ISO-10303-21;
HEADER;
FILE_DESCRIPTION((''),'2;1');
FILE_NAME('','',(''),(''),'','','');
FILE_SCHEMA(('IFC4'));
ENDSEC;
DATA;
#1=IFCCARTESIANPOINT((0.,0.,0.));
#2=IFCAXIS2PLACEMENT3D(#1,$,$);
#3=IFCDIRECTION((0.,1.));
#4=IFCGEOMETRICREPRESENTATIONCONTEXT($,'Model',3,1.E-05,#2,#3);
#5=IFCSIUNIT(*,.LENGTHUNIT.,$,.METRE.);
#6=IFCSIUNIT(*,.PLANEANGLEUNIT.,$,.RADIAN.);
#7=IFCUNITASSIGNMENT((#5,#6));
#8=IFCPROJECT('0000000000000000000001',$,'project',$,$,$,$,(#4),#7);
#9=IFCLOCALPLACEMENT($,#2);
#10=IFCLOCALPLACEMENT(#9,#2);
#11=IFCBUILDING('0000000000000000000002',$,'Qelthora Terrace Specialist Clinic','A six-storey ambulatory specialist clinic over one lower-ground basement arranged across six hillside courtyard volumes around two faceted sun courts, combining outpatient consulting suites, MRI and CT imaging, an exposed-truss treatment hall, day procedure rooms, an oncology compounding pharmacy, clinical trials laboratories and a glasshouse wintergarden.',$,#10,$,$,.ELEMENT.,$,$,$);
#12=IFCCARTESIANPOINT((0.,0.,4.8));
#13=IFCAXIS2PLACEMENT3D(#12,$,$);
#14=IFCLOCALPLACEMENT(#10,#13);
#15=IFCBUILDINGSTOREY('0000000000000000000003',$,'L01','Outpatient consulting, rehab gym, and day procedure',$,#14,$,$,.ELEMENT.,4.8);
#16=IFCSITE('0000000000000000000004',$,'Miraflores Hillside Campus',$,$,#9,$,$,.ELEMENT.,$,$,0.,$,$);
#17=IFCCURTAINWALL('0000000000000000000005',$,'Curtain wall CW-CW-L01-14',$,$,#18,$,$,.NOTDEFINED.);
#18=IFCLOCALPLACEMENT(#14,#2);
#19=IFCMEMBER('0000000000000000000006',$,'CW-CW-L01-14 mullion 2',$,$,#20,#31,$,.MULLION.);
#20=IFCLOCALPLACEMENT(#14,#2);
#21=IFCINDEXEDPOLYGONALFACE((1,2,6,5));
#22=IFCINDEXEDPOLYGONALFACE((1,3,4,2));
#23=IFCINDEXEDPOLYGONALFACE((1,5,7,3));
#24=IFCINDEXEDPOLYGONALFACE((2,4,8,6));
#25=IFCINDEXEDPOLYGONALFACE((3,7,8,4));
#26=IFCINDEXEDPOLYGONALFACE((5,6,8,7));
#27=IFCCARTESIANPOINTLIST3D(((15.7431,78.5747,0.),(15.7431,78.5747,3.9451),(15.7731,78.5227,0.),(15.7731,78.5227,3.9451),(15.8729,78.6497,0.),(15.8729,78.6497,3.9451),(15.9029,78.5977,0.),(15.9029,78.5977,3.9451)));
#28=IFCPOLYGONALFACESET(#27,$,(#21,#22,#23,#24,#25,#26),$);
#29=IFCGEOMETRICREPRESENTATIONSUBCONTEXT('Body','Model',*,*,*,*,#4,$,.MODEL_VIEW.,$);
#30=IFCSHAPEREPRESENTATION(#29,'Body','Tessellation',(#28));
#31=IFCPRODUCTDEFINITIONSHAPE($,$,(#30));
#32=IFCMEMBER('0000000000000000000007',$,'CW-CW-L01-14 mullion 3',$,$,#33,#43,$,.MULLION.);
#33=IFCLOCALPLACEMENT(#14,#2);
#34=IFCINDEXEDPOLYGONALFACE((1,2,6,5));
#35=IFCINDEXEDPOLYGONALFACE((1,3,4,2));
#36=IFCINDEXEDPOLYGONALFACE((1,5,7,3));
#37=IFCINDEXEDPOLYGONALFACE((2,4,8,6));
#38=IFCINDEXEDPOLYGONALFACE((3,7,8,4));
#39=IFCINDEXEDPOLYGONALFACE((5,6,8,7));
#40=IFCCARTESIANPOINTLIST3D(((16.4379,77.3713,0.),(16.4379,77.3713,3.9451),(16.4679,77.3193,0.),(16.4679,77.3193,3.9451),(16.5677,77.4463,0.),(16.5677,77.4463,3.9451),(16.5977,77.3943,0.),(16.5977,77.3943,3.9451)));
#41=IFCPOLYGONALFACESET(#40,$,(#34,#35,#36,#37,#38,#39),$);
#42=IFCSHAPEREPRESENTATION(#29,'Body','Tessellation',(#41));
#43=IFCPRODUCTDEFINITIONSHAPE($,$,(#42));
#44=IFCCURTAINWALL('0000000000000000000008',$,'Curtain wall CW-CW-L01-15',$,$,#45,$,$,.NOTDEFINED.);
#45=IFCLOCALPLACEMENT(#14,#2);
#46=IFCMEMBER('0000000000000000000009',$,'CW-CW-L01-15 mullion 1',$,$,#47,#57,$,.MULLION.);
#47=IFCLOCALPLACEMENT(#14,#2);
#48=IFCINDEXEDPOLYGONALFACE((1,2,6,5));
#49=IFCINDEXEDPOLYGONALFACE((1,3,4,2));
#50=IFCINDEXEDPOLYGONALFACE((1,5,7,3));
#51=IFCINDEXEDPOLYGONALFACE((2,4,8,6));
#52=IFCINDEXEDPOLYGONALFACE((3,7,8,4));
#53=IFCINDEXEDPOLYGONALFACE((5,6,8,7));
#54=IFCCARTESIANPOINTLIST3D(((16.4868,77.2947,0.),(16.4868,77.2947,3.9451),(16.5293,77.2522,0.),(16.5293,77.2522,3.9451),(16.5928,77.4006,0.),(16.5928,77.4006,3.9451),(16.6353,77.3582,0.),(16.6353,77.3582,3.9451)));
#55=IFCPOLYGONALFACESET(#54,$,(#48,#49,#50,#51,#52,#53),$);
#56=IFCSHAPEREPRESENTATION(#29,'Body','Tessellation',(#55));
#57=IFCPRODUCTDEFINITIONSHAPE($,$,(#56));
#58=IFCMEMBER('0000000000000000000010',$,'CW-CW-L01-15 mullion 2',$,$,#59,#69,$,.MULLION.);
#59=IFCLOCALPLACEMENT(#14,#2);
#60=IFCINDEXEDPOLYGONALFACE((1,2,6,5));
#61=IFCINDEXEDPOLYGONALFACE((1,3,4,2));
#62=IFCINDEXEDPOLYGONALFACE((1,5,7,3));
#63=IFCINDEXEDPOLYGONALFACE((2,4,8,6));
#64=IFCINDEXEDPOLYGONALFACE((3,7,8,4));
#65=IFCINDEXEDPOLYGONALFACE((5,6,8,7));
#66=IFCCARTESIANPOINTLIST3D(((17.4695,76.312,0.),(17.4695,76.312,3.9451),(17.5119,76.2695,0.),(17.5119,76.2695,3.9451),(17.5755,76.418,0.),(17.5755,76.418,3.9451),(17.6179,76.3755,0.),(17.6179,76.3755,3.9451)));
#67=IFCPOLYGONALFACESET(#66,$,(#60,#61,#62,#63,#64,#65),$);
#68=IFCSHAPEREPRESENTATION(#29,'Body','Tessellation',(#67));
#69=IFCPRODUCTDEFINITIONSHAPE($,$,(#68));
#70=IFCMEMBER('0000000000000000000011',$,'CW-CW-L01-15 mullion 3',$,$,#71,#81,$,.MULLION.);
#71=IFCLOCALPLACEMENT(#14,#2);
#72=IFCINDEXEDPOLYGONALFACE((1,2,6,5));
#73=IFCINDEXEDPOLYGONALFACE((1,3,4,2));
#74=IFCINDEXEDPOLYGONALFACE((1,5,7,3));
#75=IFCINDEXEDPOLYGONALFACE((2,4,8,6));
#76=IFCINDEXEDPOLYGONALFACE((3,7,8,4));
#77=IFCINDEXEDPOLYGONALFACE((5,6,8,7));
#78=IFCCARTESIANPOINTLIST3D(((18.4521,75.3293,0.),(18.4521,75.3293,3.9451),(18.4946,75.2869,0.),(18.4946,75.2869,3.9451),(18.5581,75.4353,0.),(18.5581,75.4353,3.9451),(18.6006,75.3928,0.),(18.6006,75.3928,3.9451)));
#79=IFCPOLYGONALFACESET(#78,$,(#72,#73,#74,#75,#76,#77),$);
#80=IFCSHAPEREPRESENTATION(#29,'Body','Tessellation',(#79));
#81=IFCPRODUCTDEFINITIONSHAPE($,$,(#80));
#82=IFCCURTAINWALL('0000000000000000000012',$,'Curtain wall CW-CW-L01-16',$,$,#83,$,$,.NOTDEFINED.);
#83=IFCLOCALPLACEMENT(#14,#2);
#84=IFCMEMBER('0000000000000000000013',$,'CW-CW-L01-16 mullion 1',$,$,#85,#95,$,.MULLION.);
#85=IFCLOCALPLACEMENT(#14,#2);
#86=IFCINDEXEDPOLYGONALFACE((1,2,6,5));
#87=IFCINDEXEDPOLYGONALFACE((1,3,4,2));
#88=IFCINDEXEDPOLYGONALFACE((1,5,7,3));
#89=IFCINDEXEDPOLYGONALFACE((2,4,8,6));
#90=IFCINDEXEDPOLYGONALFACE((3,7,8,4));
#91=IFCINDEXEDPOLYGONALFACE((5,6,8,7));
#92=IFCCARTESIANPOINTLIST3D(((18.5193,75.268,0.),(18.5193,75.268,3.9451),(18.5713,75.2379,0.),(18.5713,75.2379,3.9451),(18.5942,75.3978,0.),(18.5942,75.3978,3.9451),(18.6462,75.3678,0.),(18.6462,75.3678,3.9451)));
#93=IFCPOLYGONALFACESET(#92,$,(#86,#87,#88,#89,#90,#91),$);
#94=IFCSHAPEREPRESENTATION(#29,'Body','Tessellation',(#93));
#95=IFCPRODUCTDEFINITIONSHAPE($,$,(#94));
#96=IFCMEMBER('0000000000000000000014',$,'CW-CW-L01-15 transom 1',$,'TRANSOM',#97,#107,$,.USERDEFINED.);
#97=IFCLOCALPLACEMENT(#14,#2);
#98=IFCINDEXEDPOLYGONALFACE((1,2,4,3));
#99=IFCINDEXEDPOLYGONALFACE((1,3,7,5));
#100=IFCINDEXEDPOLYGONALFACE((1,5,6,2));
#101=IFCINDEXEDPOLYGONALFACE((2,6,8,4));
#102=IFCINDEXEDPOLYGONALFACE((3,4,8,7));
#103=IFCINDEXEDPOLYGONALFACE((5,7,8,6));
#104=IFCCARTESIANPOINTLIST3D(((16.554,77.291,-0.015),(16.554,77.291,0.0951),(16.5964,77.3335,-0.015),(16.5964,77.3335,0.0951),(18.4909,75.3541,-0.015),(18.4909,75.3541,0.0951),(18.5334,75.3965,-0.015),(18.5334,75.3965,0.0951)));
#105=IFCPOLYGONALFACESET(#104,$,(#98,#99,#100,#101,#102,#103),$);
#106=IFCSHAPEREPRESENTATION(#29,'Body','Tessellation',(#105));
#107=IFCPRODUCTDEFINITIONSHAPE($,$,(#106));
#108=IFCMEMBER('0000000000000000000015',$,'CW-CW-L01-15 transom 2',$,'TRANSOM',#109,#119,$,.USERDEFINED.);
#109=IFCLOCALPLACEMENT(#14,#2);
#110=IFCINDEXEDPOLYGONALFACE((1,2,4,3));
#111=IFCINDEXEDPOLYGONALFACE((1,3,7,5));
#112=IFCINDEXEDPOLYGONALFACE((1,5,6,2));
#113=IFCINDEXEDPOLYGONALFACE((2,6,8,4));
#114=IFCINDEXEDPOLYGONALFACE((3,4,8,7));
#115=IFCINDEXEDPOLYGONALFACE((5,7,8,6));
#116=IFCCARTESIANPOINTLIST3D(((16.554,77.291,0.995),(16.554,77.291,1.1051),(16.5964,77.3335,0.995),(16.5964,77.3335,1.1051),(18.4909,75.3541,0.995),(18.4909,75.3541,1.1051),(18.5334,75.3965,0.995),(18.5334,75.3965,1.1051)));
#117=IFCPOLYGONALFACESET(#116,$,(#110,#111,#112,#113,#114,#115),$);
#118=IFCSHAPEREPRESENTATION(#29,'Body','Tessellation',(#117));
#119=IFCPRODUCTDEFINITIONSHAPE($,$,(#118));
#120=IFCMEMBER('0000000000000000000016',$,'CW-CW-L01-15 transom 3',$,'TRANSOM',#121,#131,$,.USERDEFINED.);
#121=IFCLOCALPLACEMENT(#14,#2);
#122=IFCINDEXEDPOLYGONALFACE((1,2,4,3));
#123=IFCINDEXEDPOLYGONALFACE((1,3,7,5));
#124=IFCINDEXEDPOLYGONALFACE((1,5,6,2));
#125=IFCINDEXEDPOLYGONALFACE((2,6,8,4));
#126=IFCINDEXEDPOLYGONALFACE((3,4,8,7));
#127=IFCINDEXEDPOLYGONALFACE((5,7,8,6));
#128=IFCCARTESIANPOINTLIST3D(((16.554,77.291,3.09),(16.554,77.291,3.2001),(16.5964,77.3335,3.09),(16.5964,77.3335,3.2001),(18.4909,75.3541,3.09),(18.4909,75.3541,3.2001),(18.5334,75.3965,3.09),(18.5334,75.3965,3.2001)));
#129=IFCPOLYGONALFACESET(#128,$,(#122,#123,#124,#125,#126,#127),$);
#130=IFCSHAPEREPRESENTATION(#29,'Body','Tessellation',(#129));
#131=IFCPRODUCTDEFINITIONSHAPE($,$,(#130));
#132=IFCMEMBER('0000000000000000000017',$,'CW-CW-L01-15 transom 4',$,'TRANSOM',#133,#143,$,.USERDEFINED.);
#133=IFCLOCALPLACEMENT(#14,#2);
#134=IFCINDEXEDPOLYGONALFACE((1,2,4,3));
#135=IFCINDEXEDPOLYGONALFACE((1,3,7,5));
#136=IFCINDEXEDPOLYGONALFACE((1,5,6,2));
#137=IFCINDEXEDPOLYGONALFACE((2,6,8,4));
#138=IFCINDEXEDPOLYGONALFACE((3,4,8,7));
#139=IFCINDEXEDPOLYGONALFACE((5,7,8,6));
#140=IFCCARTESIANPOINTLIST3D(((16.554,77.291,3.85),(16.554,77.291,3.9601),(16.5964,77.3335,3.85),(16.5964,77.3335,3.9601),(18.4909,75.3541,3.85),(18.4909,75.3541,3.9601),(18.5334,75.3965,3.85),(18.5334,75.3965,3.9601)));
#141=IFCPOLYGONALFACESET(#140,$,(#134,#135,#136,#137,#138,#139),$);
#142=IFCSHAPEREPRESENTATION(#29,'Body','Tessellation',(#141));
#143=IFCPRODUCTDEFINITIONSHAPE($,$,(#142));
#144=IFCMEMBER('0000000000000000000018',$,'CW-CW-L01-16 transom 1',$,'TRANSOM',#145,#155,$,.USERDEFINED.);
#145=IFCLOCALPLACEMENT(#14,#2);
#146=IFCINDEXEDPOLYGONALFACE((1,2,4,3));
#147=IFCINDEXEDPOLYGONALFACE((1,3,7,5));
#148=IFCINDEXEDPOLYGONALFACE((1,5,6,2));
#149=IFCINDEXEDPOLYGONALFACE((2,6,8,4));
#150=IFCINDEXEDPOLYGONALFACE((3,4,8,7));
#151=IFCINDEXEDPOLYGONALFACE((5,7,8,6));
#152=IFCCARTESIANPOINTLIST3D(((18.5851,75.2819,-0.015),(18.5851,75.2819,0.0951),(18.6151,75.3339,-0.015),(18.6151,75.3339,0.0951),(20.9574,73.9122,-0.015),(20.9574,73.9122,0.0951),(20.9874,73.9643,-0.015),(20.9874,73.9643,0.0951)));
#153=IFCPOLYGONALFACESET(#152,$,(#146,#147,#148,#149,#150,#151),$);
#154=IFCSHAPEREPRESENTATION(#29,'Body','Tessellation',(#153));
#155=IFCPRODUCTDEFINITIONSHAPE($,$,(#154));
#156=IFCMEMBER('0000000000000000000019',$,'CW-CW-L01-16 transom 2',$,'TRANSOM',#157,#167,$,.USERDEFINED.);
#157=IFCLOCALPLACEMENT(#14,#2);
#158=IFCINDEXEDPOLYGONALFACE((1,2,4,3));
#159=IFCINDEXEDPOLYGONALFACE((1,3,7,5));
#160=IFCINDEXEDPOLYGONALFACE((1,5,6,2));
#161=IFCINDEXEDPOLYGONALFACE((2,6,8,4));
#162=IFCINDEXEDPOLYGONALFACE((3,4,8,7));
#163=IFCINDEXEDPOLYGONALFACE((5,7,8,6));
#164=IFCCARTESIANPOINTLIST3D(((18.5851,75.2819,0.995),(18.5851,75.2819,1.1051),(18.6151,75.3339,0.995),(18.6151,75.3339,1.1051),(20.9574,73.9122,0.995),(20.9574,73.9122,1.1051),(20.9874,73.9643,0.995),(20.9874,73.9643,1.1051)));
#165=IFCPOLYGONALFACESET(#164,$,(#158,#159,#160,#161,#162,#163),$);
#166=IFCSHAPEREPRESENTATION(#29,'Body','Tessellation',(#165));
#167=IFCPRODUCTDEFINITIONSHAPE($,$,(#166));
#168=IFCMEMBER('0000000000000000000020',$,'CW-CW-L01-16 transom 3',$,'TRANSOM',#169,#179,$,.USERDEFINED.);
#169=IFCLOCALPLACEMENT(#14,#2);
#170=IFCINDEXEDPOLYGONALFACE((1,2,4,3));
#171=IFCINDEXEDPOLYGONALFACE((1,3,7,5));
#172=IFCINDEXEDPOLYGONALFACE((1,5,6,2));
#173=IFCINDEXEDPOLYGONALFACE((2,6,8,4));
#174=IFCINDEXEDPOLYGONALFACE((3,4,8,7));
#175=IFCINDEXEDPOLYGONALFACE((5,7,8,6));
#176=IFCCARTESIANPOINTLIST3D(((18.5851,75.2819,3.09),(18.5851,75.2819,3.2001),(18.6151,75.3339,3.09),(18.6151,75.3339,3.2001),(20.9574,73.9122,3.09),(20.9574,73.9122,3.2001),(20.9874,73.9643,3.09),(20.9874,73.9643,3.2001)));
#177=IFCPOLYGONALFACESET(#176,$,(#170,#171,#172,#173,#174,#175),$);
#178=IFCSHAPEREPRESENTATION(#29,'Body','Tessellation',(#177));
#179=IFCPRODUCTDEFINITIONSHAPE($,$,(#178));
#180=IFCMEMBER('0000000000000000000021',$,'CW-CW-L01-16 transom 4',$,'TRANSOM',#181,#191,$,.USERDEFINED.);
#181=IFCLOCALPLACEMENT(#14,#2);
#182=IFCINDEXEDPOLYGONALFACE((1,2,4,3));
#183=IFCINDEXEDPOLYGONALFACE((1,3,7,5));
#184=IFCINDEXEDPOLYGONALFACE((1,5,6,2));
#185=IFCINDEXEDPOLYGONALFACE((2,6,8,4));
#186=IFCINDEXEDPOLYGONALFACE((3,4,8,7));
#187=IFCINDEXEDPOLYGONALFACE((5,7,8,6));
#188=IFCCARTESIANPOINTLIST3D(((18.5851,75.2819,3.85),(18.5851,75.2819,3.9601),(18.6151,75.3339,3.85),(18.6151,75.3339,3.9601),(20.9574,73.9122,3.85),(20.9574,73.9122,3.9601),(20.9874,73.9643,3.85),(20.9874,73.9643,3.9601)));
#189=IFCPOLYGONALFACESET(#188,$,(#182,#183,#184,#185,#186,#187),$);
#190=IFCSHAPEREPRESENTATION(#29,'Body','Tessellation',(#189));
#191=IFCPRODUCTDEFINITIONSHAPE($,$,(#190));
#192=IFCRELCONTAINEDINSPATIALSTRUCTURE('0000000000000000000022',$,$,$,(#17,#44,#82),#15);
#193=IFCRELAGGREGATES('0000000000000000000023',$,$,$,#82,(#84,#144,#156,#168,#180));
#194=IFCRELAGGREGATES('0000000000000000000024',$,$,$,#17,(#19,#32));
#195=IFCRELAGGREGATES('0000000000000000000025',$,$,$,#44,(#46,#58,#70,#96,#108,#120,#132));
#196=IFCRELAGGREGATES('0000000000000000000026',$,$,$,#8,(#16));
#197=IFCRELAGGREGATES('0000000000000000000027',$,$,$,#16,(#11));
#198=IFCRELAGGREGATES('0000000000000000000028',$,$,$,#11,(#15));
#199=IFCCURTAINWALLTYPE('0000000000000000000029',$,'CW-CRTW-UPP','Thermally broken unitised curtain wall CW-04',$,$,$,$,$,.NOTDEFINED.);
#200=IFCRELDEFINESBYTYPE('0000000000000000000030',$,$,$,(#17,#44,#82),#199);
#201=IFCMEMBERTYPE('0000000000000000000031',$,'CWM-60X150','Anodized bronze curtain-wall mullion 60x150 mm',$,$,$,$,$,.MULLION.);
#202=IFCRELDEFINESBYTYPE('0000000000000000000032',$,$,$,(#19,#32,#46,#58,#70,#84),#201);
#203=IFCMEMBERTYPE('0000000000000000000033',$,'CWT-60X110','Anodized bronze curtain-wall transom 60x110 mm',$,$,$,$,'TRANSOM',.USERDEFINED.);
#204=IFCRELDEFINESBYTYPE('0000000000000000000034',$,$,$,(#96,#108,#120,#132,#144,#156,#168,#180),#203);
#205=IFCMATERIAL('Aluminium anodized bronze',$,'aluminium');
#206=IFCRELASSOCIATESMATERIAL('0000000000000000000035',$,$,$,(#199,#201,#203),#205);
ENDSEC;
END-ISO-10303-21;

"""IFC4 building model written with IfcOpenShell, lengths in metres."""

from ifc_helpers import new_model, si_unit, direction, frame, origin, origin_2d, place, context, subcontext, project, spatial, rectangle, extrude, material, material_profile, profile_set, type_object, element, aggregate, save


model = new_model("IFC4")

# Units and contexts
model_context = context("Model", 3, precision=1e-05, world=origin(), true_north=direction((0.0, 1.0)))
body_context = subcontext(model_context, "Body", "Model", "MODEL_VIEW")
ifc_project = project(units=[si_unit("LENGTHUNIT", "METRE"), si_unit("PLANEANGLEUNIT", "RADIAN")], contexts=[model_context])

# Site, building, storey
site_placement = place(None, origin())
site = spatial("IfcSite", under=ifc_project, at=site_placement, Name="Miraflores Hillside Campus", CompositionType="ELEMENT", RefElevation=0.0)
building_placement = place(site_placement, origin())
building = spatial("IfcBuilding", under=site, at=building_placement, Name="Qelthora Terrace Specialist Clinic", Description="A six-storey ambulatory specialist clinic over one lower-ground basement arranged across six hillside courtyard volumes around two faceted sun courts, combining outpatient consulting suites, MRI and CT imaging, an exposed-truss treatment hall, day procedure rooms, an oncology compounding pharmacy, clinical trials laboratories and a glasshouse wintergarden.", CompositionType="ELEMENT")
storey_placement = place(building_placement, frame((0.0, 0.0, 4.8)))
storey = spatial("IfcBuildingStorey", under=building, at=storey_placement, Name="L01", Description="Outpatient consulting, rehab gym, and day procedure", CompositionType="ELEMENT", Elevation=4.8)

# Curtain walls, members
ifc_material_1 = material(Name="Aluminium anodized bronze", Category="aluminium")
curtain_wall_type = type_object("IfcCurtainWallType", Name="CW-CRTW-UPP", Description="Thermally broken unitised curtain wall CW-04", PredefinedType="NOTDEFINED", material=ifc_material_1)
curtain_wall_1_placement = place(storey_placement, origin())
curtain_wall_1 = element("IfcCurtainWall", 1, at=curtain_wall_1_placement, inside=storey, type_object=curtain_wall_type, Name="Curtain wall CW-CW-L01-14", PredefinedType="NOTDEFINED")
ifc_material_profile_1 = material_profile(ifc_material_1, rectangle(XDim=0.0601, YDim=0.1499, at=origin_2d()), Name="CWM60X150")
ifc_profile_set_1 = profile_set([ifc_material_profile_1], Name="Aluminium anodized bronze")
member_type_1 = type_object("IfcMemberType", Name="CWM-60X150", Description="Anodized bronze curtain-wall mullion 60x150 mm", PredefinedType="MULLION", material=ifc_profile_set_1)
member_1_placement = place(storey_placement, frame((15.823, 78.5862, 0.0), z_axis=(0.0, 0.0, 1.0), x_axis=(0.5, -0.866026, 0.0)))
member_1 = element("IfcMember", 2, at=member_1_placement, type_object=member_type_1, Name="CW-CW-L01-14 mullion 2", PredefinedType="MULLION", context=body_context, shape_type="SweptSolid", body=[
    extrude(rectangle(XDim=0.0601, YDim=0.1499, at=origin_2d()), origin(), (0.0, 0.0, 1.0), 3.9451),
])
member_2_placement = place(storey_placement, frame((16.5178, 77.3828, 0.0), z_axis=(0.0, 0.0, 1.0), x_axis=(0.5, -0.866026, 0.0)))
member_2 = element("IfcMember", 3, at=member_2_placement, type_object=member_type_1, Name="CW-CW-L01-14 mullion 3", PredefinedType="MULLION", context=body_context, shape_type="SweptSolid", body=[
    extrude(rectangle(XDim=0.0601, YDim=0.1499, at=origin_2d()), origin(), (0.0, 0.0, 1.0), 3.9451),
])
curtain_wall_2_placement = place(storey_placement, origin())
curtain_wall_2 = element("IfcCurtainWall", 4, at=curtain_wall_2_placement, inside=storey, type_object=curtain_wall_type, Name="Curtain wall CW-CW-L01-15", PredefinedType="NOTDEFINED")
member_3_placement = place(storey_placement, frame((16.561, 77.3264, 0.0), z_axis=(0.0, 0.0, 1.0), x_axis=(0.707107, -0.707107, 0.0)))
member_3 = element("IfcMember", 5, at=member_3_placement, type_object=member_type_1, Name="CW-CW-L01-15 mullion 1", PredefinedType="MULLION", context=body_context, shape_type="SweptSolid", body=[
    extrude(rectangle(XDim=0.0601, YDim=0.1499, at=origin_2d()), origin(), (0.0, 0.0, 1.0), 3.9451),
])
member_4_placement = place(storey_placement, frame((17.5437, 76.3438, 0.0), z_axis=(0.0, 0.0, 1.0), x_axis=(0.707107, -0.707107, 0.0)))
member_4 = element("IfcMember", 6, at=member_4_placement, type_object=member_type_1, Name="CW-CW-L01-15 mullion 2", PredefinedType="MULLION", context=body_context, shape_type="SweptSolid", body=[
    extrude(rectangle(XDim=0.0601, YDim=0.1499, at=origin_2d()), origin(), (0.0, 0.0, 1.0), 3.9451),
])
member_5_placement = place(storey_placement, frame((18.5264, 75.3611, 0.0), z_axis=(0.0, 0.0, 1.0), x_axis=(0.707107, -0.707107, 0.0)))
member_5 = element("IfcMember", 7, at=member_5_placement, type_object=member_type_1, Name="CW-CW-L01-15 mullion 3", PredefinedType="MULLION", context=body_context, shape_type="SweptSolid", body=[
    extrude(rectangle(XDim=0.0601, YDim=0.1499, at=origin_2d()), origin(), (0.0, 0.0, 1.0), 3.9451),
])

# Curtain wall, member
curtain_wall_3_placement = place(storey_placement, origin())
curtain_wall_3 = element("IfcCurtainWall", 8, at=curtain_wall_3_placement, inside=storey, type_object=curtain_wall_type, Name="Curtain wall CW-CW-L01-16", PredefinedType="NOTDEFINED")
member_6_placement = place(storey_placement, frame((18.5828, 75.3179, 0.0), z_axis=(0.0, 0.0, 1.0), x_axis=(0.866026, -0.5, 0.0)))
member_6 = element("IfcMember", 9, at=member_6_placement, type_object=member_type_1, Name="CW-CW-L01-16 mullion 1", PredefinedType="MULLION", context=body_context, shape_type="SweptSolid", body=[
    extrude(rectangle(XDim=0.0601, YDim=0.1499, at=origin_2d()), origin(), (0.0, 0.0, 1.0), 3.9451),
])

# Members
ifc_material_profile_2 = material_profile(ifc_material_1, rectangle(XDim=0.0601, YDim=0.1101, at=origin_2d()), Name="CWT60X110")
ifc_profile_set_2 = profile_set([ifc_material_profile_2], Name="Aluminium anodized bronze")
member_type_2 = type_object("IfcMemberType", Name="CWT-60X110", Description="Anodized bronze curtain-wall transom 60x110 mm", ElementType="TRANSOM", PredefinedType="USERDEFINED", material=ifc_profile_set_2)
member_7_placement = place(storey_placement, frame((16.5752, 77.3123, 0.04), z_axis=(0.707107, -0.707107, 0.0), x_axis=(0.707107, 0.707107, 0.0)))
member_7 = element("IfcMember", 10, at=member_7_placement, type_object=member_type_2, Name="CW-CW-L01-15 transom 1", ObjectType="TRANSOM", PredefinedType="USERDEFINED", context=body_context, shape_type="SweptSolid", body=[
    extrude(rectangle(XDim=0.0601, YDim=0.1101, at=origin_2d()), origin(), (0.0, 0.0, 1.0), 2.7393),
])
member_8_placement = place(storey_placement, frame((16.5752, 77.3123, 1.05), z_axis=(0.707107, -0.707107, 0.0), x_axis=(0.707107, 0.707107, 0.0)))
member_8 = element("IfcMember", 11, at=member_8_placement, type_object=member_type_2, Name="CW-CW-L01-15 transom 2", ObjectType="TRANSOM", PredefinedType="USERDEFINED", context=body_context, shape_type="SweptSolid", body=[
    extrude(rectangle(XDim=0.0601, YDim=0.1101, at=origin_2d()), origin(), (0.0, 0.0, 1.0), 2.7393),
])
member_9_placement = place(storey_placement, frame((16.5752, 77.3123, 3.145), z_axis=(0.707107, -0.707107, 0.0), x_axis=(0.707107, 0.707107, 0.0)))
member_9 = element("IfcMember", 12, at=member_9_placement, type_object=member_type_2, Name="CW-CW-L01-15 transom 3", ObjectType="TRANSOM", PredefinedType="USERDEFINED", context=body_context, shape_type="SweptSolid", body=[
    extrude(rectangle(XDim=0.0601, YDim=0.1101, at=origin_2d()), origin(), (0.0, 0.0, 1.0), 2.7393),
])
member_10_placement = place(storey_placement, frame((16.5752, 77.3123, 3.905), z_axis=(0.707107, -0.707107, 0.0), x_axis=(0.707107, 0.707107, 0.0)))
member_10 = element("IfcMember", 13, at=member_10_placement, type_object=member_type_2, Name="CW-CW-L01-15 transom 4", ObjectType="TRANSOM", PredefinedType="USERDEFINED", context=body_context, shape_type="SweptSolid", body=[
    extrude(rectangle(XDim=0.0601, YDim=0.1101, at=origin_2d()), origin(), (0.0, 0.0, 1.0), 2.7393),
])
member_11_placement = place(storey_placement, frame((18.6001, 75.3079, 0.04), z_axis=(0.86603, -0.499992, 0.0), x_axis=(0.499992, 0.86603, 0.0)))
member_11 = element("IfcMember", 14, at=member_11_placement, type_object=member_type_2, Name="CW-CW-L01-16 transom 1", ObjectType="TRANSOM", PredefinedType="USERDEFINED", context=body_context, shape_type="SweptSolid", body=[
    extrude(rectangle(XDim=0.0601, YDim=0.1101, at=origin_2d()), origin(), (0.0, 0.0, 1.0), 2.7393),
])
member_12_placement = place(storey_placement, frame((18.6001, 75.3079, 1.05), z_axis=(0.86603, -0.499992, 0.0), x_axis=(0.499992, 0.86603, 0.0)))
member_12 = element("IfcMember", 15, at=member_12_placement, type_object=member_type_2, Name="CW-CW-L01-16 transom 2", ObjectType="TRANSOM", PredefinedType="USERDEFINED", context=body_context, shape_type="SweptSolid", body=[
    extrude(rectangle(XDim=0.0601, YDim=0.1101, at=origin_2d()), origin(), (0.0, 0.0, 1.0), 2.7393),
])
member_13_placement = place(storey_placement, frame((18.6001, 75.3079, 3.145), z_axis=(0.86603, -0.499992, 0.0), x_axis=(0.499992, 0.86603, 0.0)))
member_13 = element("IfcMember", 16, at=member_13_placement, type_object=member_type_2, Name="CW-CW-L01-16 transom 3", ObjectType="TRANSOM", PredefinedType="USERDEFINED", context=body_context, shape_type="SweptSolid", body=[
    extrude(rectangle(XDim=0.0601, YDim=0.1101, at=origin_2d()), origin(), (0.0, 0.0, 1.0), 2.7393),
])
member_14_placement = place(storey_placement, frame((18.6001, 75.3079, 3.905), z_axis=(0.86603, -0.499992, 0.0), x_axis=(0.499992, 0.86603, 0.0)))
member_14 = element("IfcMember", 17, at=member_14_placement, type_object=member_type_2, Name="CW-CW-L01-16 transom 4", ObjectType="TRANSOM", PredefinedType="USERDEFINED", context=body_context, shape_type="SweptSolid", body=[
    extrude(rectangle(XDim=0.0601, YDim=0.1101, at=origin_2d()), origin(), (0.0, 0.0, 1.0), 2.7393),
])
aggregate(curtain_wall_3, [member_6, member_11, member_12, member_13, member_14])

aggregate(curtain_wall_1, [member_1, member_2])
aggregate(curtain_wall_2, [member_3, member_4, member_5, member_7, member_8, member_9, member_10])

save(model, "model.ifc")
